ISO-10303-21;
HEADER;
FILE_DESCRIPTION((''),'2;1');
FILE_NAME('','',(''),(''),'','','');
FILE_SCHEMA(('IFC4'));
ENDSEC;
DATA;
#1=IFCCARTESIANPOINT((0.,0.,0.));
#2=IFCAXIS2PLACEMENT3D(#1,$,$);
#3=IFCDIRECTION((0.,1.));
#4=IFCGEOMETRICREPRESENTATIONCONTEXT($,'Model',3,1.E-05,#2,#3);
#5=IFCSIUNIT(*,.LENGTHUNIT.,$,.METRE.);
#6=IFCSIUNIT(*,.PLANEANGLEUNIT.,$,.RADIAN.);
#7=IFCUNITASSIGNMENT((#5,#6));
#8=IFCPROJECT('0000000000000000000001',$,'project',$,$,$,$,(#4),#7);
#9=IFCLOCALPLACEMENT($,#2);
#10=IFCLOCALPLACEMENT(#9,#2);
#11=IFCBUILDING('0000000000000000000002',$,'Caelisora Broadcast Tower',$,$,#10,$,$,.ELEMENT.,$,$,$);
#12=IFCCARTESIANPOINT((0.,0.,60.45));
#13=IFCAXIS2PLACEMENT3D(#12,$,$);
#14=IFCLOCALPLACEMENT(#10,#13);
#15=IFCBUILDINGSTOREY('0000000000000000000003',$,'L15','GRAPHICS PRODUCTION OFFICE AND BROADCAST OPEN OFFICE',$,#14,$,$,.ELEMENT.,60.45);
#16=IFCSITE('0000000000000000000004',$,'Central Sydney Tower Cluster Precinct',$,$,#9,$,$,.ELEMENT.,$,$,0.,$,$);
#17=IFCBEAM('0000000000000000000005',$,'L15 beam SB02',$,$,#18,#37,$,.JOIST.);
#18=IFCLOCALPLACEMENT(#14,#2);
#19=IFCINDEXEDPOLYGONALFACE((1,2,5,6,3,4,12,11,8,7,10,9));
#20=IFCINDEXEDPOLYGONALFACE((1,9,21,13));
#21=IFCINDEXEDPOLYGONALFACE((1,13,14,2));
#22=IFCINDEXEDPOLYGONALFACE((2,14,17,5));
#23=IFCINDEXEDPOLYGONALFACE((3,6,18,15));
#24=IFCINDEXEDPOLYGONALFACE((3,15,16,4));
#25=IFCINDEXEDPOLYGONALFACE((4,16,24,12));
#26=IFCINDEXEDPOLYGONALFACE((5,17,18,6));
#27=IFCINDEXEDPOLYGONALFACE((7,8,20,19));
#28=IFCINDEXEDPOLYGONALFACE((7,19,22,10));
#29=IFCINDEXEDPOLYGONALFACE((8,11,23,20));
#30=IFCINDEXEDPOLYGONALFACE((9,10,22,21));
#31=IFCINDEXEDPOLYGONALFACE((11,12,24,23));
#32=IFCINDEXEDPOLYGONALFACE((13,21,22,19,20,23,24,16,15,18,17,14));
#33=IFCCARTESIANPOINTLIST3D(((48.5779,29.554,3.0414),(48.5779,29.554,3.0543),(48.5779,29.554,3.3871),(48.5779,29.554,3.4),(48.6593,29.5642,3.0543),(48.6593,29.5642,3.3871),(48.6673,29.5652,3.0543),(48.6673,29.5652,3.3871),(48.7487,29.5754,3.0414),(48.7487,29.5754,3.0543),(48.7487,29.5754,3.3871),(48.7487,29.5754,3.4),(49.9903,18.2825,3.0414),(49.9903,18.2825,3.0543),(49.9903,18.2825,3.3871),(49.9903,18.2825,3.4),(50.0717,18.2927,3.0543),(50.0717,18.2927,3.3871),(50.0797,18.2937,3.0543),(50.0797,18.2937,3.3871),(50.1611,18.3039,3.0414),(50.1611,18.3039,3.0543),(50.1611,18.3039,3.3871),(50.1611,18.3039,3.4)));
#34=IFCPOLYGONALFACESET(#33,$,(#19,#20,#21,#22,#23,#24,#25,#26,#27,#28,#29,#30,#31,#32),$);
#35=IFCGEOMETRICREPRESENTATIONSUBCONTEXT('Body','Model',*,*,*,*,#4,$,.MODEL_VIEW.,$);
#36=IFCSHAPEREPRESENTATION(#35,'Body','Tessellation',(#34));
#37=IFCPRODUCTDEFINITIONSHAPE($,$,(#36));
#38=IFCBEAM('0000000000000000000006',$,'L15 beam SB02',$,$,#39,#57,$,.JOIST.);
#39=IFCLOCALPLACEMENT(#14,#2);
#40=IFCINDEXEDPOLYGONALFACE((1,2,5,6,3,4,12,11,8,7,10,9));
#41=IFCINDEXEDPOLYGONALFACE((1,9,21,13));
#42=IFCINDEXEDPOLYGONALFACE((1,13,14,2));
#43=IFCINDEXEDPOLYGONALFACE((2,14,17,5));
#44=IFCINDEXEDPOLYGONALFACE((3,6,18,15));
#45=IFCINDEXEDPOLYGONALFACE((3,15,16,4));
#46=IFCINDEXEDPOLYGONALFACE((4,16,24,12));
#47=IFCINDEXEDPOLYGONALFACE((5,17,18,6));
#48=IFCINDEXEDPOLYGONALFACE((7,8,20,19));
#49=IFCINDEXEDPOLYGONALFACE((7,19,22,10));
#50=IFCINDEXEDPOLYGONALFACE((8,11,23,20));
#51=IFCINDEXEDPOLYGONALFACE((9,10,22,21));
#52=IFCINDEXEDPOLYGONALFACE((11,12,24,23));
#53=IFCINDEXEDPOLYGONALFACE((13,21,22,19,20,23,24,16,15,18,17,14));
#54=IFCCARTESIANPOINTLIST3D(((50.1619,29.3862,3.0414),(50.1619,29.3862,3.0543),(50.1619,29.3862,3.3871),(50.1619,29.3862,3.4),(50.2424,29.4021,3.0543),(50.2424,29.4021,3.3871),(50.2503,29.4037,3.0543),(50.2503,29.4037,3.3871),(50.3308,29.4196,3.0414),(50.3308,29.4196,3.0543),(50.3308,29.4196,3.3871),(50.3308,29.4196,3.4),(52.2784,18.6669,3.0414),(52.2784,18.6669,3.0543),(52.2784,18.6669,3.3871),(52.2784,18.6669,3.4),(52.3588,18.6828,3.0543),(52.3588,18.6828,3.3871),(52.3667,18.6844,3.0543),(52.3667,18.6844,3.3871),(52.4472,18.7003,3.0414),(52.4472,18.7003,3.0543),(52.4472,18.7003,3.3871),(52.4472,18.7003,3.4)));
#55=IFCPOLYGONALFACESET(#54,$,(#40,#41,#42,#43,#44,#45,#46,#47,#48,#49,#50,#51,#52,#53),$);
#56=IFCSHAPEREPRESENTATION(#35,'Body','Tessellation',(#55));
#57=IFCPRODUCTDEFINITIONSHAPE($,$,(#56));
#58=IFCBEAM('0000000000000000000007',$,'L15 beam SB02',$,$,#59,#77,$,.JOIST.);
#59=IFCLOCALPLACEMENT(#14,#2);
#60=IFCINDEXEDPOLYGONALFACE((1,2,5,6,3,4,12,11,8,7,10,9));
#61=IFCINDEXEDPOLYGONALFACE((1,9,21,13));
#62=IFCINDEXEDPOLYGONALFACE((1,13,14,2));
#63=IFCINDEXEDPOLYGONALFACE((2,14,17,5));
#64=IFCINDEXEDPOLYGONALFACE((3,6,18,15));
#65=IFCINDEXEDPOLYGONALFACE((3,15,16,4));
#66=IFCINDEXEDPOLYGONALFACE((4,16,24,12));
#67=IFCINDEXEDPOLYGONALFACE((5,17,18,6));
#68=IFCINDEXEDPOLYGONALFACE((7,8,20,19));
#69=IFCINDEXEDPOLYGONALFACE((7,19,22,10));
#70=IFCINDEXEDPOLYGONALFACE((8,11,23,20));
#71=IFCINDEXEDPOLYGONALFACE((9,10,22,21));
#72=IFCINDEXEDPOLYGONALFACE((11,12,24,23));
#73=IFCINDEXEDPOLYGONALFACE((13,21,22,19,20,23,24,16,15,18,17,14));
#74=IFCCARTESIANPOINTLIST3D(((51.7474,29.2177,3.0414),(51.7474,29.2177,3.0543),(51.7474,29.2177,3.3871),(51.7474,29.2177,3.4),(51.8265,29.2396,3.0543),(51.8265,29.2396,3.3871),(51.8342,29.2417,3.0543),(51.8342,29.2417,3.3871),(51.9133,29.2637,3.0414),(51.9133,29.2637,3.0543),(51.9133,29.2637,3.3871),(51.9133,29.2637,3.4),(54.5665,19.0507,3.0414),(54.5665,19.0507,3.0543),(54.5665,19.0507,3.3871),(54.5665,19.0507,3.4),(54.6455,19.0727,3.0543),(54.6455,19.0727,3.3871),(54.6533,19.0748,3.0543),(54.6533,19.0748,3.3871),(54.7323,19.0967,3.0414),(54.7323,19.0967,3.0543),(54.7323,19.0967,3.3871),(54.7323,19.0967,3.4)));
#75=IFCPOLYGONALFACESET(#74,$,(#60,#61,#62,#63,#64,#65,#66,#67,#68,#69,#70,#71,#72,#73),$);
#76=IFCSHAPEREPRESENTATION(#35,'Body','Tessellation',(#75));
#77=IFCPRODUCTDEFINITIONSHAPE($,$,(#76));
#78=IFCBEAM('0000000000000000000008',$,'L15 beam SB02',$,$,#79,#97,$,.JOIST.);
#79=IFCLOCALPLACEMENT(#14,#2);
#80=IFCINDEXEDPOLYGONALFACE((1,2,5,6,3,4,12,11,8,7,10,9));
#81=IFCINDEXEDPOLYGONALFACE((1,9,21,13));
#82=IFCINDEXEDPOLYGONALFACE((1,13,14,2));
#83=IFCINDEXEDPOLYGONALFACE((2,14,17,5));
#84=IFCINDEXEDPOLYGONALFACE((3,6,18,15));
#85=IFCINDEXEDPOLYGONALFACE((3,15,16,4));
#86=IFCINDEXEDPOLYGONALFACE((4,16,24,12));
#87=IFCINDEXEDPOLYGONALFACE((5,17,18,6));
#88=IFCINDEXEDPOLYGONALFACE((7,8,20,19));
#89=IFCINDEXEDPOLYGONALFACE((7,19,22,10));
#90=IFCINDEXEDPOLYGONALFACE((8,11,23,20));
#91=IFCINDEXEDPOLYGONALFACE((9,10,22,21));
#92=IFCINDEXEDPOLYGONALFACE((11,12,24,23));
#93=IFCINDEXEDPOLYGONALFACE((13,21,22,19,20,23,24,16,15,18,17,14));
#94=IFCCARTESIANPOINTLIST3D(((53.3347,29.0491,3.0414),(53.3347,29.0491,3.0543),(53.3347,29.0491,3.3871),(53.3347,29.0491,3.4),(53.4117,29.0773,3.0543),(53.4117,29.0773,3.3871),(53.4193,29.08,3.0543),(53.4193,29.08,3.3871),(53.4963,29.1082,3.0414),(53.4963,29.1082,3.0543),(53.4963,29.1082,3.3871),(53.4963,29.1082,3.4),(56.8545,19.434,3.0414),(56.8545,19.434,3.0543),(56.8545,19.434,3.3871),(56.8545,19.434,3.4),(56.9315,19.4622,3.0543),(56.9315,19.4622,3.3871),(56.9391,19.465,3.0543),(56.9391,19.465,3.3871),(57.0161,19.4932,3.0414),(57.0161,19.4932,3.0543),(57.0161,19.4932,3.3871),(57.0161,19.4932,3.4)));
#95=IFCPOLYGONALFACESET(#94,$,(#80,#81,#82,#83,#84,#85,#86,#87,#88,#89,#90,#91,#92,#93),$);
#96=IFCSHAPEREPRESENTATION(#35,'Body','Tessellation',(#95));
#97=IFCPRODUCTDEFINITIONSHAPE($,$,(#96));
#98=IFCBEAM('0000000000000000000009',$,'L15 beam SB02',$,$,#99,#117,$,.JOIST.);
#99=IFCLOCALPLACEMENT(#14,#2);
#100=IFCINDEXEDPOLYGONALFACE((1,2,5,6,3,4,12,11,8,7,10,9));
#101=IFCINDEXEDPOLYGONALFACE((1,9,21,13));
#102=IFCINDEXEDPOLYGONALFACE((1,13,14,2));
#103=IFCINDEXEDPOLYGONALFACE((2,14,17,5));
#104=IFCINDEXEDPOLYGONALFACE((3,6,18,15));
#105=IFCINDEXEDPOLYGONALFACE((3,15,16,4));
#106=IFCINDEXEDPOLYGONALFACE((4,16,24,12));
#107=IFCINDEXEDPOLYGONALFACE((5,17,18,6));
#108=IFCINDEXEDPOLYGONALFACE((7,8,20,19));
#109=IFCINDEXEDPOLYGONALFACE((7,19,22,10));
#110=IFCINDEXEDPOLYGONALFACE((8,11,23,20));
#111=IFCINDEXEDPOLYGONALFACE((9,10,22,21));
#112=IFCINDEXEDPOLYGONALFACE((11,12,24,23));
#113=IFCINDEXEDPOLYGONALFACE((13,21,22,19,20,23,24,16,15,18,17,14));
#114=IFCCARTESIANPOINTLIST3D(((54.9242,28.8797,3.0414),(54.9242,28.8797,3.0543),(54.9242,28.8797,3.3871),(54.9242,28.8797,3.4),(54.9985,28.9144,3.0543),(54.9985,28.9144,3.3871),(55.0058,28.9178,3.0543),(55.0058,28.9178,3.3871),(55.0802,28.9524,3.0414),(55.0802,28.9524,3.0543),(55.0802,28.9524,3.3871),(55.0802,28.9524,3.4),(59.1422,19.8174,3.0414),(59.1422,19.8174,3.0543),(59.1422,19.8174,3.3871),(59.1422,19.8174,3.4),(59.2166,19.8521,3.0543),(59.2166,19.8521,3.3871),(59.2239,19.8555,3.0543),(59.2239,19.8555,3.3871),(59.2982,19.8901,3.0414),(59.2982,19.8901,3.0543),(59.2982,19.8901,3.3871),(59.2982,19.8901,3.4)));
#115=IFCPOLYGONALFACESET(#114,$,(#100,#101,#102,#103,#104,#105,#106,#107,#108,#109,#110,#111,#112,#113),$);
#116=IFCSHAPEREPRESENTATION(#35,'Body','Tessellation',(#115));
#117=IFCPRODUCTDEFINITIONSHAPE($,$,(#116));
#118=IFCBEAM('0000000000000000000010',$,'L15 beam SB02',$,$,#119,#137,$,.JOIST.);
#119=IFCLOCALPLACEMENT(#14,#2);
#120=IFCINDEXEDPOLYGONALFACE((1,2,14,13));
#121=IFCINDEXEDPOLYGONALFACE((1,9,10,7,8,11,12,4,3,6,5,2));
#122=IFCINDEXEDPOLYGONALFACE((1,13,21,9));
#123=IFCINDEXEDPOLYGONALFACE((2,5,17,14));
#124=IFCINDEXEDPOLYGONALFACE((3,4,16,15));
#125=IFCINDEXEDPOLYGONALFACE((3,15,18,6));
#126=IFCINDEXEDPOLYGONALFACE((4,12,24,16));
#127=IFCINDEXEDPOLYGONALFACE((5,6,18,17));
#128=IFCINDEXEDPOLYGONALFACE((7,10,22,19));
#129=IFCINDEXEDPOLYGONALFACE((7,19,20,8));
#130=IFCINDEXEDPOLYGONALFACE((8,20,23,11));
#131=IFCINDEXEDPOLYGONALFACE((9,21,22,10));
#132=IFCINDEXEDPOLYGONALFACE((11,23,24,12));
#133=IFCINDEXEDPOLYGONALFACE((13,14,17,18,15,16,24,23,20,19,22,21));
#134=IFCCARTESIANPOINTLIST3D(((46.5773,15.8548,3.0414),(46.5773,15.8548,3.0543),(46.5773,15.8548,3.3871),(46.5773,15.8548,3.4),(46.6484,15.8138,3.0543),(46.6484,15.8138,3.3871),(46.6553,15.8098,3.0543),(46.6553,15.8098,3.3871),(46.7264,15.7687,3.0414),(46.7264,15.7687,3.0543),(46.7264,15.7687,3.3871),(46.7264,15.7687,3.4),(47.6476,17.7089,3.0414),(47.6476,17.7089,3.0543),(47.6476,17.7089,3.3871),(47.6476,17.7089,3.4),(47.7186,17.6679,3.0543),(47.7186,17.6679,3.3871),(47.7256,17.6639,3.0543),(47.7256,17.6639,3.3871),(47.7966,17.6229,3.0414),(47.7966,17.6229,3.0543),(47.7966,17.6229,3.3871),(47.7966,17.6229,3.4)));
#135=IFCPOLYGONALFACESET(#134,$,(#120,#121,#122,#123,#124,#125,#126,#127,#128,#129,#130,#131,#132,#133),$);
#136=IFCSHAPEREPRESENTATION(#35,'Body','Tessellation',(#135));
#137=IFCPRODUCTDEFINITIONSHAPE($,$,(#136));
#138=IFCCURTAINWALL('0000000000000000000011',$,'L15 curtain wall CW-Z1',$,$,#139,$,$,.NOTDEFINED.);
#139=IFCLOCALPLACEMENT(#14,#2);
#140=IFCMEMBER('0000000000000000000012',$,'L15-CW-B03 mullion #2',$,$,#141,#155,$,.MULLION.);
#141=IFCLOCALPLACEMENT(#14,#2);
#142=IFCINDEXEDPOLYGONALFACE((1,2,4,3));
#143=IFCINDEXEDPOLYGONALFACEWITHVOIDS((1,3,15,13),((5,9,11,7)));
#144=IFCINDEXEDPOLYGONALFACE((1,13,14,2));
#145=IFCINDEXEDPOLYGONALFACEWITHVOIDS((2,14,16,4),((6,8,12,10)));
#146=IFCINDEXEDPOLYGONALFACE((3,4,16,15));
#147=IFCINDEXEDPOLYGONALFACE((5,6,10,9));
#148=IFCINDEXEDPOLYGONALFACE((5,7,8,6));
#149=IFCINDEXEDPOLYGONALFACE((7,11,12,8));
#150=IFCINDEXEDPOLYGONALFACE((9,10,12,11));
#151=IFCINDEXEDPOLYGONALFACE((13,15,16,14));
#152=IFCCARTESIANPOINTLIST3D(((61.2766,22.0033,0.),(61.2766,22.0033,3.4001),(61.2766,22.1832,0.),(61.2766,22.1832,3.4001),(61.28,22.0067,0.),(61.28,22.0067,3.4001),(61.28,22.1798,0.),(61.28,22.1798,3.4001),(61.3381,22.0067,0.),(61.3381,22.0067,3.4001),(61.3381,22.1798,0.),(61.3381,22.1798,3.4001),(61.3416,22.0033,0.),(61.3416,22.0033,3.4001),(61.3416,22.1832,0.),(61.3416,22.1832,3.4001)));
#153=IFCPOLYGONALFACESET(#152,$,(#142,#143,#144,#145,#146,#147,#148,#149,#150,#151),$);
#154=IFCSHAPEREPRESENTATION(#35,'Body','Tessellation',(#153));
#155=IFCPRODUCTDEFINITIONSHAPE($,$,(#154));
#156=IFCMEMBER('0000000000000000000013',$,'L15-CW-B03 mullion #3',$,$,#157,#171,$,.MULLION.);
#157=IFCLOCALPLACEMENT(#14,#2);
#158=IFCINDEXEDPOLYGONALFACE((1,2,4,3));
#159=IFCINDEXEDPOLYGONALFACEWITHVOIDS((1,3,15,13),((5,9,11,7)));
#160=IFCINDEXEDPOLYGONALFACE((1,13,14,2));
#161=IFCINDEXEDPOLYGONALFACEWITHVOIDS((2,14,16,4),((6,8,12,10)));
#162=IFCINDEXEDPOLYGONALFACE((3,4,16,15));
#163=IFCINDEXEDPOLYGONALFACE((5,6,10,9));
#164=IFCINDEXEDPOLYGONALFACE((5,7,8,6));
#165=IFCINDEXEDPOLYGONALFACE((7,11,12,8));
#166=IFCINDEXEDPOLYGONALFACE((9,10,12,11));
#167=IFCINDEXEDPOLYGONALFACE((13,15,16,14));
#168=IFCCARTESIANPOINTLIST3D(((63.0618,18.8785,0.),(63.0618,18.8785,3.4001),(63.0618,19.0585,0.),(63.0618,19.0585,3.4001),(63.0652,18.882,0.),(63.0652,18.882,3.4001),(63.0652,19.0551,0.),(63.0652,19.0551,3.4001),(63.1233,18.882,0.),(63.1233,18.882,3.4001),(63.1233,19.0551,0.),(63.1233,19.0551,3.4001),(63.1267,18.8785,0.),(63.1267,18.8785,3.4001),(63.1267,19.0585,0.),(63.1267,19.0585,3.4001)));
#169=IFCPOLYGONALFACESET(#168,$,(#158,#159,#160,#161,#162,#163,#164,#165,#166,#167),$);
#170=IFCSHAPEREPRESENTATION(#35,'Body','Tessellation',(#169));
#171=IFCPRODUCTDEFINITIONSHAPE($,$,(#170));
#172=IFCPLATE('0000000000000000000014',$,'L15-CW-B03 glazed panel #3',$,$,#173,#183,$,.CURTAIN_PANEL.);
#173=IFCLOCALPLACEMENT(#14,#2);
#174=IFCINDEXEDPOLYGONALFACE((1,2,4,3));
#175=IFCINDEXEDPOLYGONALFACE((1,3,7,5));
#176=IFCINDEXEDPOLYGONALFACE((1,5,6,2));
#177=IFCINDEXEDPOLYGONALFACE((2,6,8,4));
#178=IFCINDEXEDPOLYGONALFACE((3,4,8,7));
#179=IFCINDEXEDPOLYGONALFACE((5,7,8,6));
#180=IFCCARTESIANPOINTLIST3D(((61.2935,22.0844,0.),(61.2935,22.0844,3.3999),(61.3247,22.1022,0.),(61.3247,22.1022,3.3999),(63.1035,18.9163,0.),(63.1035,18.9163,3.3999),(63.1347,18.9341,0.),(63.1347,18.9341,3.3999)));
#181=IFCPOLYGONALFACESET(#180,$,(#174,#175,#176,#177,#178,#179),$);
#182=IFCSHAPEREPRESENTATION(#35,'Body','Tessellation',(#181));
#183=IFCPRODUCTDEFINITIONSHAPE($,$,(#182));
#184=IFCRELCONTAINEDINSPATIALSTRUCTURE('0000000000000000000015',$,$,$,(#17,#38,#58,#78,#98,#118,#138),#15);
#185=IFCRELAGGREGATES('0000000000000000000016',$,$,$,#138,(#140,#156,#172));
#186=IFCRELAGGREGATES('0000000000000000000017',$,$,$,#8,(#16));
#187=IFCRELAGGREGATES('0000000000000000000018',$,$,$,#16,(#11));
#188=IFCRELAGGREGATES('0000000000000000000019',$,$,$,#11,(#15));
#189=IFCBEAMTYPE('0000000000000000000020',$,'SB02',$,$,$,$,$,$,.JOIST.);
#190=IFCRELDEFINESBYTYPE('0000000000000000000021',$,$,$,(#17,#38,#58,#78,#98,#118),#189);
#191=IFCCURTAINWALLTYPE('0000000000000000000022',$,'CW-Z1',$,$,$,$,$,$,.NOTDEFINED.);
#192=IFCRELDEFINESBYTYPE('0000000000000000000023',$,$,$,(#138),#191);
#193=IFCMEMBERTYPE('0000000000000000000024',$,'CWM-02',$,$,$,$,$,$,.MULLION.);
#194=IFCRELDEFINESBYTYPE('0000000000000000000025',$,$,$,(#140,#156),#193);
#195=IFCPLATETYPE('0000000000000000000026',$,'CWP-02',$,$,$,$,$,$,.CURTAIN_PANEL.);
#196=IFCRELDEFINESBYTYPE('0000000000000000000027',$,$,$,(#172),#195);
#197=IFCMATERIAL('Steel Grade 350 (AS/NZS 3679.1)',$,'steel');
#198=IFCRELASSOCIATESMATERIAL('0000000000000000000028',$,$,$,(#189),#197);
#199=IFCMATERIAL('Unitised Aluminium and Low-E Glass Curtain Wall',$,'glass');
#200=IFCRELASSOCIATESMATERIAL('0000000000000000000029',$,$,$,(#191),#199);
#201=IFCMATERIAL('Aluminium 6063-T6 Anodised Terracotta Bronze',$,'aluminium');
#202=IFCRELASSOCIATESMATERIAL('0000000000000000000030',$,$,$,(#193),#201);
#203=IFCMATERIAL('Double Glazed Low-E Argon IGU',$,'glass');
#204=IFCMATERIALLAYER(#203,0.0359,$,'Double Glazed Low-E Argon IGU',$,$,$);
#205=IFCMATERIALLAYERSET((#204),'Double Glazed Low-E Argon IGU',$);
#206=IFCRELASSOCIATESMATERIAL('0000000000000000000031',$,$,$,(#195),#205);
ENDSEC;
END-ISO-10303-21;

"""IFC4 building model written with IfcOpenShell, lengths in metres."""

from ifc_helpers import new_model, si_unit, direction, frame, origin, origin_2d, place, context, subcontext, project, spatial, rectangle, hollow_rectangle, i_section, extrude, source, transform, mapped, material, layer, layer_set, material_profile, profile_set, type_object, type_shapes, element, aggregate, save


model = new_model("IFC4")

# Units and contexts
model_context = context("Model", 3, precision=1e-05, world=origin(), true_north=direction((0.0, 1.0)))
body_context = subcontext(model_context, "Body", "Model", "MODEL_VIEW")
ifc_project = project(units=[si_unit("LENGTHUNIT", "METRE"), si_unit("PLANEANGLEUNIT", "RADIAN")], contexts=[model_context])

# Site, building, storey
site_placement = place(None, origin())
site = spatial("IfcSite", under=ifc_project, at=site_placement, Name="Central Sydney Tower Cluster Precinct", CompositionType="ELEMENT", RefElevation=0.0)
building_placement = place(site_placement, origin())
building = spatial("IfcBuilding", under=site, at=building_placement, Name="Caelisora Broadcast Tower", CompositionType="ELEMENT")
storey_placement = place(building_placement, frame((0.0, 0.0, 60.45)))
storey = spatial("IfcBuildingStorey", under=building, at=storey_placement, Name="L15", Description="GRAPHICS PRODUCTION OFFICE AND BROADCAST OPEN OFFICE", CompositionType="ELEMENT", Elevation=60.45)

# Beams
ifc_material_1 = material(Name="Steel Grade 350 (AS/NZS 3679.1)", Category="steel")
ifc_material_profile_1 = material_profile(ifc_material_1, i_section(OverallWidth=0.1721, OverallDepth=0.3586, WebThickness=0.0081, FlangeThickness=0.0129, at=origin_2d()), Name="Steel Grade 350 (AS/NZS 3679.1)")
ifc_profile_set_1 = profile_set([ifc_material_profile_1], Name="Steel Grade 350 (AS/NZS 3679.1)")
beam_type_1 = type_object("IfcBeamType", Name="SB02", PredefinedType="JOIST", material=ifc_profile_set_1)
shared_shape_1 = source(origin(), body_context, "Body", "SweptSolid", [
    extrude(i_section(OverallWidth=0.1721, OverallDepth=0.3586, WebThickness=0.0081, FlangeThickness=0.0129, at=origin_2d()), origin(), (0.0, 0.0, 1.0), 11.3596),
])
beam_1_placement = place(storey_placement, frame((50.0757, 18.2932, 3.2207), z_axis=(-0.124331, 0.992241, 0.0), x_axis=(-0.992241, -0.124331, 0.0)))
element("IfcBeam", 1, at=beam_1_placement, inside=storey, type_object=beam_type_1, Name="L15 beam SB02", PredefinedType="JOIST", context=body_context, shape_type="MappedRepresentation", body=[
    mapped(shared_shape_1, transform((0.0, 0.0, 0.0), scale=1.0)),
])
shared_shape_2 = source(origin(), body_context, "Body", "SweptSolid", [
    extrude(i_section(OverallWidth=0.1721, OverallDepth=0.3586, WebThickness=0.0081, FlangeThickness=0.0129, at=origin_2d()), origin(), (0.0, 0.0, 1.0), 10.9263),
])
beam_2_placement = place(storey_placement, frame((52.3628, 18.6836, 3.2207), z_axis=(-0.193705, 0.98106, 0.0), x_axis=(-0.98106, -0.193705, 0.0)))
element("IfcBeam", 2, at=beam_2_placement, inside=storey, type_object=beam_type_1, Name="L15 beam SB02", PredefinedType="JOIST", context=body_context, shape_type="MappedRepresentation", body=[
    mapped(shared_shape_2, transform((0.0, 0.0, 0.0), scale=1.0)),
])
shared_shape_3 = source(origin(), body_context, "Body", "SweptSolid", [
    extrude(i_section(OverallWidth=0.1721, OverallDepth=0.3586, WebThickness=0.0081, FlangeThickness=0.0129, at=origin_2d()), origin(), (0.0, 0.0, 1.0), 10.5505),
])
beam_3_placement = place(storey_placement, frame((54.6494, 19.0737, 3.2207), z_axis=(-0.267197, 0.963642, 0.0), x_axis=(-0.963642, -0.267197, 0.0)))
element("IfcBeam", 3, at=beam_3_placement, inside=storey, type_object=beam_type_1, Name="L15 beam SB02", PredefinedType="JOIST", context=body_context, shape_type="MappedRepresentation", body=[
    mapped(shared_shape_3, transform((0.0, 0.0, 0.0), scale=1.0)),
])
shared_shape_4 = source(origin(), body_context, "Body", "SweptSolid", [
    extrude(i_section(OverallWidth=0.1721, OverallDepth=0.3586, WebThickness=0.0081, FlangeThickness=0.0129, at=origin_2d()), origin(), (0.0, 0.0, 1.0), 10.239),
])
beam_4_placement = place(storey_placement, frame((56.9353, 19.4636, 3.2207), z_axis=(-0.343762, 0.939057, 0.0), x_axis=(-0.939057, -0.343762, 0.0)))
element("IfcBeam", 4, at=beam_4_placement, inside=storey, type_object=beam_type_1, Name="L15 beam SB02", PredefinedType="JOIST", context=body_context, shape_type="MappedRepresentation", body=[
    mapped(shared_shape_4, transform((0.0, 0.0, 0.0), scale=1.0)),
])
shared_shape_5 = source(origin(), body_context, "Body", "SweptSolid", [
    extrude(i_section(OverallWidth=0.1721, OverallDepth=0.3586, WebThickness=0.0081, FlangeThickness=0.0129, at=origin_2d()), origin(), (0.0, 0.0, 1.0), 9.9958),
])
beam_5_placement = place(storey_placement, frame((59.2202, 19.8538, 3.2207), z_axis=(-0.421979, 0.906606, 0.0), x_axis=(-0.906606, -0.421979, 0.0)))
element("IfcBeam", 5, at=beam_5_placement, inside=storey, type_object=beam_type_1, Name="L15 beam SB02", PredefinedType="JOIST", context=body_context, shape_type="MappedRepresentation", body=[
    mapped(shared_shape_5, transform((0.0, 0.0, 0.0), scale=1.0)),
])
shared_shape_6 = source(origin(), body_context, "Body", "SweptSolid", [
    extrude(i_section(OverallWidth=0.1721, OverallDepth=0.3586, WebThickness=0.0081, FlangeThickness=0.0129, at=origin_2d()), origin(), (0.0, 0.0, 1.0), 2.1409),
])
beam_6_placement = place(storey_placement, frame((46.6519, 15.8118, 3.2207), z_axis=(0.499917, 0.866074, 0.0), x_axis=(-0.866074, 0.499917, 0.0)))
element("IfcBeam", 6, at=beam_6_placement, inside=storey, type_object=beam_type_1, Name="L15 beam SB02", PredefinedType="JOIST", context=body_context, shape_type="MappedRepresentation", body=[
    mapped(shared_shape_6, transform((0.0, 0.0, 0.0), scale=1.0)),
])

# Curtain wall, members, plate
ifc_material_2 = material(Name="Unitised Aluminium and Low-E Glass Curtain Wall", Category="glass")
curtain_wall_type = type_object("IfcCurtainWallType", Name="CW-Z1", PredefinedType="NOTDEFINED", material=ifc_material_2)
curtain_wall_placement = place(storey_placement, origin())
curtain_wall = element("IfcCurtainWall", 7, at=curtain_wall_placement, inside=storey, type_object=curtain_wall_type, Name="L15 curtain wall CW-Z1", PredefinedType="NOTDEFINED")
ifc_material_3 = material(Name="Aluminium 6063-T6 Anodised Terracotta Bronze", Category="aluminium")
ifc_material_profile_2 = material_profile(ifc_material_3, hollow_rectangle(XDim=0.0649, YDim=0.1799, WallThickness=0.0034, at=origin_2d()), Name="Aluminium 6063-T6 Anodised Terracotta Bronze")
ifc_profile_set_2 = profile_set([ifc_material_profile_2], Name="Aluminium 6063-T6 Anodised Terracotta Bronze")
member_type = type_object("IfcMemberType", Name="CWM-02", PredefinedType="MULLION", material=ifc_profile_set_2)
shared_shape_7 = source(origin(), body_context, "Body", "SweptSolid", [
    extrude(hollow_rectangle(XDim=0.0649, YDim=0.1799, WallThickness=0.0034, at=origin_2d()), origin(), (0.0, 0.0, 1.0), 3.4001),
])
type_shapes(member_type, [shared_shape_7])
member_1_placement = place(storey_placement, frame((61.3091, 22.0933, 0.0), z_axis=(0.0, 0.0, 1.0), x_axis=(1.0, 0.0, 0.0)))
member_1 = element("IfcMember", 8, at=member_1_placement, type_object=member_type, Name="L15-CW-B03 mullion #2", PredefinedType="MULLION", context=body_context, shape_type="MappedRepresentation", body=[
    mapped(shared_shape_7, transform((0.0, 0.0, 0.0), scale=1.0)),
])
member_2_placement = place(storey_placement, frame((63.0942, 18.9685, 0.0), z_axis=(0.0, 0.0, 1.0), x_axis=(1.0, 0.0, 0.0)))
member_2 = element("IfcMember", 9, at=member_2_placement, type_object=member_type, Name="L15-CW-B03 mullion #3", PredefinedType="MULLION", context=body_context, shape_type="MappedRepresentation", body=[
    mapped(shared_shape_7, transform((0.0, 0.0, 0.0), scale=1.0)),
])
ifc_material_4 = material(Name="Double Glazed Low-E Argon IGU", Category="glass")
ifc_layer_1 = layer(ifc_material_4, 0.0359, Name="Double Glazed Low-E Argon IGU")
ifc_layer_set_1 = layer_set([ifc_layer_1], Name="Double Glazed Low-E Argon IGU")
plate_type = type_object("IfcPlateType", Name="CWP-02", PredefinedType="CURTAIN_PANEL", material=ifc_layer_set_1)
shared_shape_8 = source(origin(), body_context, "Body", "SweptSolid", [
    extrude(rectangle(XDim=3.6487, YDim=0.0359, at=origin_2d()), origin(), (0.0, 0.0, 1.0), 3.3999),
])
type_shapes(plate_type, [shared_shape_8])
plate_placement = place(storey_placement, frame((62.2141, 20.5093, 0.0), z_axis=(0.0, 0.0, 1.0), x_axis=(0.496065, -0.868285, 0.0)))
plate = element("IfcPlate", 10, at=plate_placement, type_object=plate_type, Name="L15-CW-B03 glazed panel #3", PredefinedType="CURTAIN_PANEL", context=body_context, shape_type="MappedRepresentation", body=[
    mapped(shared_shape_8, transform((0.0, 0.0, 0.0), scale=1.0)),
])
aggregate(curtain_wall, [member_1, member_2, plate])

save(model, "model.ifc")
